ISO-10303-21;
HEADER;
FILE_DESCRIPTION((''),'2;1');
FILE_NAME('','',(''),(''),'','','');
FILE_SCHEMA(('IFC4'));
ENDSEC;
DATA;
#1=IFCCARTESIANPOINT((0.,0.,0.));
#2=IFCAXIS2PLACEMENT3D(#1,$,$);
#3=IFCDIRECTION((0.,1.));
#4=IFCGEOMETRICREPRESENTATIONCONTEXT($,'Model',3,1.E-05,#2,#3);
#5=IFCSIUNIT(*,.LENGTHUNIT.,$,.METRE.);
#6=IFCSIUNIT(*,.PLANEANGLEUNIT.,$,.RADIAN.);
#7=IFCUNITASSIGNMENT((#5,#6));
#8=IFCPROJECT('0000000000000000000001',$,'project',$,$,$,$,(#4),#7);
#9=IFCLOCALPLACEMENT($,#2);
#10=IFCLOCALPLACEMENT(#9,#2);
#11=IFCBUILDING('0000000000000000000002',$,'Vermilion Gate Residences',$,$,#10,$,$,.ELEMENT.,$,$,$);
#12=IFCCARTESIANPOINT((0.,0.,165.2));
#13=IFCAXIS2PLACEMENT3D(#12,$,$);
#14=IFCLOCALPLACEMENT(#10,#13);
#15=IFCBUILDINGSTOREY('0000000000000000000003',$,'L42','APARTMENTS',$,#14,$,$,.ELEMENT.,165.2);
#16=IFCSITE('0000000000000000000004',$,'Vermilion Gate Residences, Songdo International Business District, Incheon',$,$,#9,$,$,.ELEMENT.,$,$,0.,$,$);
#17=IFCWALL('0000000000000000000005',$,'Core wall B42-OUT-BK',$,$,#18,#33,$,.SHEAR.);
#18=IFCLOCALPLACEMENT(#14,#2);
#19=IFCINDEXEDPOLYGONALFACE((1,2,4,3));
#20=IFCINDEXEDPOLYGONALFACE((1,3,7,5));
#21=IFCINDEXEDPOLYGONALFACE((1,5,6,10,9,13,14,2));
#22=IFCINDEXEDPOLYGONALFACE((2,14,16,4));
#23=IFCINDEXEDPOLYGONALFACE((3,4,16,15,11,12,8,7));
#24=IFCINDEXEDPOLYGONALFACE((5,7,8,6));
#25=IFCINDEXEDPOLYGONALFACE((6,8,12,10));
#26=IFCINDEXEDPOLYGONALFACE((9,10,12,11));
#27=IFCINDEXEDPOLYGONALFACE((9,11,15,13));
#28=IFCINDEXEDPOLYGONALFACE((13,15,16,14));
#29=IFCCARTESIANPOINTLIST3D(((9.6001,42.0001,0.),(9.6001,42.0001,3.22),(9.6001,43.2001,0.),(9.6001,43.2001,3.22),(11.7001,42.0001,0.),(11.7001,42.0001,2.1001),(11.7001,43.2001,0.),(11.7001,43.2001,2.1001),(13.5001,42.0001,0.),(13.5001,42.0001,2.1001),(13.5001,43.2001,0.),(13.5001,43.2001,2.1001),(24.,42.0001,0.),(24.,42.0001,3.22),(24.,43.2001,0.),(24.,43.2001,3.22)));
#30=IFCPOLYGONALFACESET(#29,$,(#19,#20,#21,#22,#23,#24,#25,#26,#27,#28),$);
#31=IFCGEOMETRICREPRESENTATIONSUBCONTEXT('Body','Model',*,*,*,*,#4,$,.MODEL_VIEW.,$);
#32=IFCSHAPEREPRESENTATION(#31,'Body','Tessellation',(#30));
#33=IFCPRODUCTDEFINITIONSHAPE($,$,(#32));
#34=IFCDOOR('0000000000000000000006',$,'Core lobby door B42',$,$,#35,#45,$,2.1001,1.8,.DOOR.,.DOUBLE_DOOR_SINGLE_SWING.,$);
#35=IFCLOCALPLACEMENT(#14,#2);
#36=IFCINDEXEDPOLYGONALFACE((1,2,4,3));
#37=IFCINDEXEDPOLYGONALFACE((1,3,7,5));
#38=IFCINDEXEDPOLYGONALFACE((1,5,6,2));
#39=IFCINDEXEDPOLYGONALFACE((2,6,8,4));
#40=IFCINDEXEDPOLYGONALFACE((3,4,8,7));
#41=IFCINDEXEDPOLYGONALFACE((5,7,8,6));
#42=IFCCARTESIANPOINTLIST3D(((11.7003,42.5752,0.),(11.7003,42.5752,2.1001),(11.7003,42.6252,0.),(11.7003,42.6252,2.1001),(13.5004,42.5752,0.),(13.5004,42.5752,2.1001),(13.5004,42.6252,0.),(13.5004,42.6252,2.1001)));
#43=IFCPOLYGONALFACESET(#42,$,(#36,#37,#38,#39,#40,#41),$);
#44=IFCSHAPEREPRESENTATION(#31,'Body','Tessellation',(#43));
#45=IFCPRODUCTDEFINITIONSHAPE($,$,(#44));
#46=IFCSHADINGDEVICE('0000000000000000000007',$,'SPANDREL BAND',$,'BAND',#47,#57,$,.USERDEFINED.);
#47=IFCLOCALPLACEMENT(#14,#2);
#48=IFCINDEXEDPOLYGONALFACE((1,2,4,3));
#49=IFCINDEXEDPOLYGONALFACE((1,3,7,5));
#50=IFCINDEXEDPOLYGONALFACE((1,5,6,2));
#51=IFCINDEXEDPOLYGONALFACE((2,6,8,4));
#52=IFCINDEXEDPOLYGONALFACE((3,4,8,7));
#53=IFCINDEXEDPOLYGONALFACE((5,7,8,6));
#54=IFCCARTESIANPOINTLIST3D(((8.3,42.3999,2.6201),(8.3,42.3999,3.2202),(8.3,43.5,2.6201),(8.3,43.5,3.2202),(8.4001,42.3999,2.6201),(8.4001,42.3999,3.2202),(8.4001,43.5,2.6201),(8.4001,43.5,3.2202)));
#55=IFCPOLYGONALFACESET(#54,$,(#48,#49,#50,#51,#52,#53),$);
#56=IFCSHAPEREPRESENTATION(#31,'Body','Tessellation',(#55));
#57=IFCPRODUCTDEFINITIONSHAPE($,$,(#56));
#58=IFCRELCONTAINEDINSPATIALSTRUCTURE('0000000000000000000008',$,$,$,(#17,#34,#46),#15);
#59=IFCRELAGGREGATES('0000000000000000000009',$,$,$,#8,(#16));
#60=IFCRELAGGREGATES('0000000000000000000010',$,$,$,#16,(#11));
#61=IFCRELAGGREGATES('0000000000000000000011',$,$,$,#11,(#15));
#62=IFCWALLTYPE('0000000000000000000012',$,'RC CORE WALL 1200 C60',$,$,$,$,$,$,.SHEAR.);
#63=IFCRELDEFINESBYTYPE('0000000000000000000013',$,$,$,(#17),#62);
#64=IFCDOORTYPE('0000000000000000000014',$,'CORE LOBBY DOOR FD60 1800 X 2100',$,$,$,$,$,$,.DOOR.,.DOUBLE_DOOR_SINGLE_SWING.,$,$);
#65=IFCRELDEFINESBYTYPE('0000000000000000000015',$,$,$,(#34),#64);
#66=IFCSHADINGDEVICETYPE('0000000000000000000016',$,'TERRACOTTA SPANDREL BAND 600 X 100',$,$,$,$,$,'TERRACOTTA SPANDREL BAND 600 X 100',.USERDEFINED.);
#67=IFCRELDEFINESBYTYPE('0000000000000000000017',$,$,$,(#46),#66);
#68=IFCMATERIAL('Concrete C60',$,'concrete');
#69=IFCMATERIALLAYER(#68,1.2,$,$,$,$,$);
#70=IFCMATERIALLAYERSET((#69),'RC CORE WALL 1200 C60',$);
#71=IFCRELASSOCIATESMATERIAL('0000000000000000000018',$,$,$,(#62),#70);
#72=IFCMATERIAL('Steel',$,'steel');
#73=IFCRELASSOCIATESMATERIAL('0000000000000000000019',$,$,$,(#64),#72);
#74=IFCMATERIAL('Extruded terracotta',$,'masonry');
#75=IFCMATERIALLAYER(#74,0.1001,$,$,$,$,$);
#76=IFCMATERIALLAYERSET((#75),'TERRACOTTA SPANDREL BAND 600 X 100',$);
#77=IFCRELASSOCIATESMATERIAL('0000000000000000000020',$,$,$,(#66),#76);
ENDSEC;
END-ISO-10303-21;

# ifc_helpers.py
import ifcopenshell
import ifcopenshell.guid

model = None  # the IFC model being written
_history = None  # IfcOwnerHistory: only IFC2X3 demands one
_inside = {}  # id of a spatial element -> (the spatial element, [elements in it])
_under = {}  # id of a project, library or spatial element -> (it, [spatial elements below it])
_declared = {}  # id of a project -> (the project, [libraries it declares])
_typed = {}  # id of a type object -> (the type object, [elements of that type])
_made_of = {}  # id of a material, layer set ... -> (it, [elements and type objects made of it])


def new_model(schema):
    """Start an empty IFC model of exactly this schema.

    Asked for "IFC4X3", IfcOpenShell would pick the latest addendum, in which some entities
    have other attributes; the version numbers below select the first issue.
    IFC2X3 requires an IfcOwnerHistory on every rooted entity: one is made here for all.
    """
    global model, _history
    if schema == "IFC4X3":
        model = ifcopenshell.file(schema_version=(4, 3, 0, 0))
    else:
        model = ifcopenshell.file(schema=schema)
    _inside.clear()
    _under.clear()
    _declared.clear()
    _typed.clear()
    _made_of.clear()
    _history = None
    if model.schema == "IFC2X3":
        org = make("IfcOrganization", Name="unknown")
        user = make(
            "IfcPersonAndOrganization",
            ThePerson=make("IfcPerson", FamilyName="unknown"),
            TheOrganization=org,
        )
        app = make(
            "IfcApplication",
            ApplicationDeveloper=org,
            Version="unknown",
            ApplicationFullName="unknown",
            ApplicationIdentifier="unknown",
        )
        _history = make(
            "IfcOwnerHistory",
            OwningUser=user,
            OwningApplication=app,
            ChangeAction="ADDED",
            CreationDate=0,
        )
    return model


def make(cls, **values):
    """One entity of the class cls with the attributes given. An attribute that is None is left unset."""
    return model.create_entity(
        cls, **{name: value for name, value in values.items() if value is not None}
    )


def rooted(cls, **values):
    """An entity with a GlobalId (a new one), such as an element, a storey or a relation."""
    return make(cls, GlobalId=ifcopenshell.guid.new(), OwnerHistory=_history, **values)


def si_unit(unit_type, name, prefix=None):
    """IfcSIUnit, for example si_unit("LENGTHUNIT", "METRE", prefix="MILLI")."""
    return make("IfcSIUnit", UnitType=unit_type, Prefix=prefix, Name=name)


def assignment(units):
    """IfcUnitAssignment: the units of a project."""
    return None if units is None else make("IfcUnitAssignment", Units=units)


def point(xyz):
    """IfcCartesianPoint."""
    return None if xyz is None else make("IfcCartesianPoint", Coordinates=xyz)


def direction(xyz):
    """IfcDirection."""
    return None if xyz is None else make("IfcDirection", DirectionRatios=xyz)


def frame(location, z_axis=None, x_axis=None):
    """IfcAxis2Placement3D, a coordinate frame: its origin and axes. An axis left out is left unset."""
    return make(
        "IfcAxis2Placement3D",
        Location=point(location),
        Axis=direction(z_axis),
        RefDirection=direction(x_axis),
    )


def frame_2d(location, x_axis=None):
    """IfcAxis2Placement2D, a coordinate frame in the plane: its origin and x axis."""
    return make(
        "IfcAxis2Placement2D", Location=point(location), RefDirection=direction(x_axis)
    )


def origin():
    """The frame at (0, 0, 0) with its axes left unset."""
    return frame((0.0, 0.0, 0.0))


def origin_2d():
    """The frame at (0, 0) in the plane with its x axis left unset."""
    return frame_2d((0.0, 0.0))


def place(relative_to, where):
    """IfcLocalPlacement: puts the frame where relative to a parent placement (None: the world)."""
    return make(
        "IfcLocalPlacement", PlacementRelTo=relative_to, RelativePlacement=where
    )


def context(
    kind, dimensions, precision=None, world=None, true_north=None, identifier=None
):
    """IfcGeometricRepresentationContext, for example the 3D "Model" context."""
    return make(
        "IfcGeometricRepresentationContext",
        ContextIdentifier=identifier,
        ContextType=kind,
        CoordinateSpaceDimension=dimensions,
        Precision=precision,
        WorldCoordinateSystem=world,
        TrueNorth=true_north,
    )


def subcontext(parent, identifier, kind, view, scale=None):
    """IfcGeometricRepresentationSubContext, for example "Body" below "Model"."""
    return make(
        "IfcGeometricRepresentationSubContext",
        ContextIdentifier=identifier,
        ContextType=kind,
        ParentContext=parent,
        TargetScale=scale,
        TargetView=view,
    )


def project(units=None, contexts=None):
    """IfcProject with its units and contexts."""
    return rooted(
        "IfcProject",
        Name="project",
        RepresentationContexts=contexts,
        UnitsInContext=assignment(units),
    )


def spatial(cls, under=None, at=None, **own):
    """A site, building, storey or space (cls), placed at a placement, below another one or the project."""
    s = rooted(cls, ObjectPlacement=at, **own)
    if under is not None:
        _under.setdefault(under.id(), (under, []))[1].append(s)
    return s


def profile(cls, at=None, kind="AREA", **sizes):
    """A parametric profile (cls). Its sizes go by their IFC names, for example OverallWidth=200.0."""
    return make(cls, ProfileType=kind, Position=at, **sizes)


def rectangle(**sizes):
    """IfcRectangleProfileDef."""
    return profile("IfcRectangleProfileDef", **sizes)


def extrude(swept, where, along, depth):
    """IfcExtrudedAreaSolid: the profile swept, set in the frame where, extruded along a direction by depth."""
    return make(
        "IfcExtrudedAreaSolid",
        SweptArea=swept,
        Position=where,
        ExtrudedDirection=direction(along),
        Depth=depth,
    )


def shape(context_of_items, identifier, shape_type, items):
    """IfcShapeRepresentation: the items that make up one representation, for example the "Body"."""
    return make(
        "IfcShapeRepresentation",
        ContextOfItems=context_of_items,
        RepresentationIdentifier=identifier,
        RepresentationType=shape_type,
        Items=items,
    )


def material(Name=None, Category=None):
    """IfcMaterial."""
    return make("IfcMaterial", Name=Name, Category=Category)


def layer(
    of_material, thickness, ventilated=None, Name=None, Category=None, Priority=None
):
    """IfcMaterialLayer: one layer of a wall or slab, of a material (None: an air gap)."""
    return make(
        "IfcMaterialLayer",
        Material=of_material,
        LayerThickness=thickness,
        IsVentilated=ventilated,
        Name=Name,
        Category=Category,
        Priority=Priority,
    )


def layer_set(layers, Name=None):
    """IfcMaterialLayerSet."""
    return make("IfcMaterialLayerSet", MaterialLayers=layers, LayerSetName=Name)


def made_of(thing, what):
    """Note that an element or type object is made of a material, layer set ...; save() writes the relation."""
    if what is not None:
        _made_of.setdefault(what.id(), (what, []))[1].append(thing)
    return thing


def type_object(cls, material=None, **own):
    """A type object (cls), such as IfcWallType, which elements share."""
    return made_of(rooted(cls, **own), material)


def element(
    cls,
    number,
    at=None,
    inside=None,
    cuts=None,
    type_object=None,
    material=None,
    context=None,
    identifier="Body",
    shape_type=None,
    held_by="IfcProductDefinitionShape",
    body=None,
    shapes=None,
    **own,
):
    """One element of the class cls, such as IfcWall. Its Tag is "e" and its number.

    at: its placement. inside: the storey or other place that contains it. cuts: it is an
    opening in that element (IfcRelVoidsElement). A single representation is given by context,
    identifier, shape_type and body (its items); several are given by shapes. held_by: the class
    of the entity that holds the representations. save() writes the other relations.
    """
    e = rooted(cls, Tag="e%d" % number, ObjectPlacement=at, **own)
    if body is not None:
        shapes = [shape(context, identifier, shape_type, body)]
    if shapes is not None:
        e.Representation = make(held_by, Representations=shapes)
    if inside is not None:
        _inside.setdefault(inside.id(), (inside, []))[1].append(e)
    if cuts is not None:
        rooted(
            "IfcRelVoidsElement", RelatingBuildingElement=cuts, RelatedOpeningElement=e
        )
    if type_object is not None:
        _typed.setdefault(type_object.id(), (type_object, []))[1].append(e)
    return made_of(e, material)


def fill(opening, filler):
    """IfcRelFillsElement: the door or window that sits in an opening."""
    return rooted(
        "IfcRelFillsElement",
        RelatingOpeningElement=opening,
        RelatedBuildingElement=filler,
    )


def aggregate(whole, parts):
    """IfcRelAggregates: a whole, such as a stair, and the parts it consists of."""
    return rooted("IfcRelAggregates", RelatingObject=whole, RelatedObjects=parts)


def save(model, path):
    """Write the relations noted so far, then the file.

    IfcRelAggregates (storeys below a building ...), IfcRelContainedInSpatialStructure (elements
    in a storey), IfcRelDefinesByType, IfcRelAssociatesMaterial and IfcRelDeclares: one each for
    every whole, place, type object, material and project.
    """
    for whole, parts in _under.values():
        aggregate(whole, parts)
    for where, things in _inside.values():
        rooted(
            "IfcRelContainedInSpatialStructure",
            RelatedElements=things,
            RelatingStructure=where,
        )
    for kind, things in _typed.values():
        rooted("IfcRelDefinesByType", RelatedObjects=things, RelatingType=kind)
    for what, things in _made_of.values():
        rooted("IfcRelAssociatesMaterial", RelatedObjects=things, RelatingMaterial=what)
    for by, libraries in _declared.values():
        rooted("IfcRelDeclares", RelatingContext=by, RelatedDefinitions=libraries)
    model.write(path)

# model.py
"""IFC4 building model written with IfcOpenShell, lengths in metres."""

from ifc_helpers import new_model, si_unit, direction, frame, frame_2d, origin, origin_2d, place, context, subcontext, project, spatial, rectangle, extrude, material, layer, layer_set, type_object, element, fill, save


model = new_model("IFC4")

# Units and contexts
model_context = context("Model", 3, precision=1e-05, world=origin(), true_north=direction((0.0, 1.0)))
body_context = subcontext(model_context, "Body", "Model", "MODEL_VIEW")
ifc_project = project(units=[si_unit("LENGTHUNIT", "METRE"), si_unit("PLANEANGLEUNIT", "RADIAN")], contexts=[model_context])

# Site, building, storey
site_placement = place(None, origin())
site = spatial("IfcSite", under=ifc_project, at=site_placement, Name="Vermilion Gate Residences, Songdo International Business District, Incheon", CompositionType="ELEMENT", RefElevation=0.0)
building_placement = place(site_placement, origin())
building = spatial("IfcBuilding", under=site, at=building_placement, Name="Vermilion Gate Residences", CompositionType="ELEMENT")
storey_placement = place(building_placement, frame((0.0, 0.0, 165.2)))
storey = spatial("IfcBuildingStorey", under=building, at=storey_placement, Name="L42", Description="APARTMENTS", CompositionType="ELEMENT", Elevation=165.2)

# Wall, opening, door
ifc_material_1 = material(Name="Concrete C60", Category="concrete")
ifc_layer_1 = layer(ifc_material_1, 1.2)
ifc_layer_set_1 = layer_set([ifc_layer_1], Name="RC CORE WALL 1200 C60")
wall_type_1 = type_object("IfcWallType", Name="RC CORE WALL 1200 C60", PredefinedType="SHEAR", material=ifc_layer_set_1)
wall_1_placement = place(storey_placement, frame((9.6001, 42.6001, 0.0), z_axis=(0.0, 0.0, 1.0), x_axis=(1.0, 0.0, 0.0)))
wall_1 = element("IfcWall", 1, at=wall_1_placement, inside=storey, type_object=wall_type_1, Name="Core wall B42-OUT-BK", PredefinedType="SHEAR", context=body_context, shape_type="SweptSolid", body=[
    extrude(rectangle(XDim=14.3999, YDim=1.2, at=frame_2d((7.2, 0.0))), origin(), (0.0, 0.0, 1.0), 3.22),
])
opening_1_placement = place(wall_1_placement, frame((2.1001, 0.0, 0.0)))
opening_1 = element("IfcOpeningElement", 2, at=opening_1_placement, cuts=wall_1, PredefinedType="OPENING", context=body_context, shape_type="SweptSolid", body=[
    extrude(rectangle(XDim=1.8, YDim=2.1001, at=frame_2d((0.8999, 1.05))), frame((0.0, 0.6099, 0.0), z_axis=(0.0, -1.0, 0.0), x_axis=(1.0, 0.0, 0.0)), (0.0, 0.0, 1.0), 1.22),
])
ifc_material_2 = material(Name="Steel", Category="steel")
door_type_1 = type_object("IfcDoorType", Name="CORE LOBBY DOOR FD60 1800 X 2100", OperationType="DOUBLE_DOOR_SINGLE_SWING", PredefinedType="DOOR", material=ifc_material_2)
door_1_placement = place(opening_1_placement, frame((1.8, 0.0, 0.0), z_axis=(0.0, 0.0, 1.0), x_axis=(-1.0, 0.0, 0.0)))
door_1 = element("IfcDoor", 3, at=door_1_placement, inside=storey, type_object=door_type_1, Name="Core lobby door B42", OperationType="DOUBLE_DOOR_SINGLE_SWING", OverallHeight=2.1001, OverallWidth=1.8, PredefinedType="DOOR", context=body_context, shape_type="SweptSolid", body=[
    extrude(rectangle(XDim=1.8, YDim=2.1001, at=frame_2d((0.8999, 1.05))), frame((0.0, 0.0249, 0.0), z_axis=(0.0, -1.0, 0.0), x_axis=(1.0, 0.0, 0.0)), (0.0, 0.0, 1.0), 0.05),
])
fill(opening_1, door_1)

# Shading device
ifc_material_3 = material(Name="Extruded terracotta", Category="masonry")
ifc_layer_2 = layer(ifc_material_3, 0.1001)
ifc_layer_set_2 = layer_set([ifc_layer_2], Name="TERRACOTTA SPANDREL BAND 600 X 100")
shading_device_type = type_object("IfcShadingDeviceType", Name="TERRACOTTA SPANDREL BAND 600 X 100", ElementType="TERRACOTTA SPANDREL BAND 600 X 100", PredefinedType="USERDEFINED", material=ifc_layer_set_2)
shading_device_placement = place(storey_placement, frame((8.3501, 42.95, 2.6201), z_axis=(0.0, 0.0, 1.0), x_axis=(0.0, 1.0, 0.0)))
element("IfcShadingDevice", 4, at=shading_device_placement, inside=storey, type_object=shading_device_type, Name="SPANDREL BAND", ObjectType="BAND", PredefinedType="USERDEFINED", context=body_context, shape_type="SweptSolid", body=[
    extrude(rectangle(XDim=1.1001, YDim=0.1001, at=origin_2d()), origin(), (0.0, 0.0, 1.0), 0.6001),
])

save(model, "model.ifc")
